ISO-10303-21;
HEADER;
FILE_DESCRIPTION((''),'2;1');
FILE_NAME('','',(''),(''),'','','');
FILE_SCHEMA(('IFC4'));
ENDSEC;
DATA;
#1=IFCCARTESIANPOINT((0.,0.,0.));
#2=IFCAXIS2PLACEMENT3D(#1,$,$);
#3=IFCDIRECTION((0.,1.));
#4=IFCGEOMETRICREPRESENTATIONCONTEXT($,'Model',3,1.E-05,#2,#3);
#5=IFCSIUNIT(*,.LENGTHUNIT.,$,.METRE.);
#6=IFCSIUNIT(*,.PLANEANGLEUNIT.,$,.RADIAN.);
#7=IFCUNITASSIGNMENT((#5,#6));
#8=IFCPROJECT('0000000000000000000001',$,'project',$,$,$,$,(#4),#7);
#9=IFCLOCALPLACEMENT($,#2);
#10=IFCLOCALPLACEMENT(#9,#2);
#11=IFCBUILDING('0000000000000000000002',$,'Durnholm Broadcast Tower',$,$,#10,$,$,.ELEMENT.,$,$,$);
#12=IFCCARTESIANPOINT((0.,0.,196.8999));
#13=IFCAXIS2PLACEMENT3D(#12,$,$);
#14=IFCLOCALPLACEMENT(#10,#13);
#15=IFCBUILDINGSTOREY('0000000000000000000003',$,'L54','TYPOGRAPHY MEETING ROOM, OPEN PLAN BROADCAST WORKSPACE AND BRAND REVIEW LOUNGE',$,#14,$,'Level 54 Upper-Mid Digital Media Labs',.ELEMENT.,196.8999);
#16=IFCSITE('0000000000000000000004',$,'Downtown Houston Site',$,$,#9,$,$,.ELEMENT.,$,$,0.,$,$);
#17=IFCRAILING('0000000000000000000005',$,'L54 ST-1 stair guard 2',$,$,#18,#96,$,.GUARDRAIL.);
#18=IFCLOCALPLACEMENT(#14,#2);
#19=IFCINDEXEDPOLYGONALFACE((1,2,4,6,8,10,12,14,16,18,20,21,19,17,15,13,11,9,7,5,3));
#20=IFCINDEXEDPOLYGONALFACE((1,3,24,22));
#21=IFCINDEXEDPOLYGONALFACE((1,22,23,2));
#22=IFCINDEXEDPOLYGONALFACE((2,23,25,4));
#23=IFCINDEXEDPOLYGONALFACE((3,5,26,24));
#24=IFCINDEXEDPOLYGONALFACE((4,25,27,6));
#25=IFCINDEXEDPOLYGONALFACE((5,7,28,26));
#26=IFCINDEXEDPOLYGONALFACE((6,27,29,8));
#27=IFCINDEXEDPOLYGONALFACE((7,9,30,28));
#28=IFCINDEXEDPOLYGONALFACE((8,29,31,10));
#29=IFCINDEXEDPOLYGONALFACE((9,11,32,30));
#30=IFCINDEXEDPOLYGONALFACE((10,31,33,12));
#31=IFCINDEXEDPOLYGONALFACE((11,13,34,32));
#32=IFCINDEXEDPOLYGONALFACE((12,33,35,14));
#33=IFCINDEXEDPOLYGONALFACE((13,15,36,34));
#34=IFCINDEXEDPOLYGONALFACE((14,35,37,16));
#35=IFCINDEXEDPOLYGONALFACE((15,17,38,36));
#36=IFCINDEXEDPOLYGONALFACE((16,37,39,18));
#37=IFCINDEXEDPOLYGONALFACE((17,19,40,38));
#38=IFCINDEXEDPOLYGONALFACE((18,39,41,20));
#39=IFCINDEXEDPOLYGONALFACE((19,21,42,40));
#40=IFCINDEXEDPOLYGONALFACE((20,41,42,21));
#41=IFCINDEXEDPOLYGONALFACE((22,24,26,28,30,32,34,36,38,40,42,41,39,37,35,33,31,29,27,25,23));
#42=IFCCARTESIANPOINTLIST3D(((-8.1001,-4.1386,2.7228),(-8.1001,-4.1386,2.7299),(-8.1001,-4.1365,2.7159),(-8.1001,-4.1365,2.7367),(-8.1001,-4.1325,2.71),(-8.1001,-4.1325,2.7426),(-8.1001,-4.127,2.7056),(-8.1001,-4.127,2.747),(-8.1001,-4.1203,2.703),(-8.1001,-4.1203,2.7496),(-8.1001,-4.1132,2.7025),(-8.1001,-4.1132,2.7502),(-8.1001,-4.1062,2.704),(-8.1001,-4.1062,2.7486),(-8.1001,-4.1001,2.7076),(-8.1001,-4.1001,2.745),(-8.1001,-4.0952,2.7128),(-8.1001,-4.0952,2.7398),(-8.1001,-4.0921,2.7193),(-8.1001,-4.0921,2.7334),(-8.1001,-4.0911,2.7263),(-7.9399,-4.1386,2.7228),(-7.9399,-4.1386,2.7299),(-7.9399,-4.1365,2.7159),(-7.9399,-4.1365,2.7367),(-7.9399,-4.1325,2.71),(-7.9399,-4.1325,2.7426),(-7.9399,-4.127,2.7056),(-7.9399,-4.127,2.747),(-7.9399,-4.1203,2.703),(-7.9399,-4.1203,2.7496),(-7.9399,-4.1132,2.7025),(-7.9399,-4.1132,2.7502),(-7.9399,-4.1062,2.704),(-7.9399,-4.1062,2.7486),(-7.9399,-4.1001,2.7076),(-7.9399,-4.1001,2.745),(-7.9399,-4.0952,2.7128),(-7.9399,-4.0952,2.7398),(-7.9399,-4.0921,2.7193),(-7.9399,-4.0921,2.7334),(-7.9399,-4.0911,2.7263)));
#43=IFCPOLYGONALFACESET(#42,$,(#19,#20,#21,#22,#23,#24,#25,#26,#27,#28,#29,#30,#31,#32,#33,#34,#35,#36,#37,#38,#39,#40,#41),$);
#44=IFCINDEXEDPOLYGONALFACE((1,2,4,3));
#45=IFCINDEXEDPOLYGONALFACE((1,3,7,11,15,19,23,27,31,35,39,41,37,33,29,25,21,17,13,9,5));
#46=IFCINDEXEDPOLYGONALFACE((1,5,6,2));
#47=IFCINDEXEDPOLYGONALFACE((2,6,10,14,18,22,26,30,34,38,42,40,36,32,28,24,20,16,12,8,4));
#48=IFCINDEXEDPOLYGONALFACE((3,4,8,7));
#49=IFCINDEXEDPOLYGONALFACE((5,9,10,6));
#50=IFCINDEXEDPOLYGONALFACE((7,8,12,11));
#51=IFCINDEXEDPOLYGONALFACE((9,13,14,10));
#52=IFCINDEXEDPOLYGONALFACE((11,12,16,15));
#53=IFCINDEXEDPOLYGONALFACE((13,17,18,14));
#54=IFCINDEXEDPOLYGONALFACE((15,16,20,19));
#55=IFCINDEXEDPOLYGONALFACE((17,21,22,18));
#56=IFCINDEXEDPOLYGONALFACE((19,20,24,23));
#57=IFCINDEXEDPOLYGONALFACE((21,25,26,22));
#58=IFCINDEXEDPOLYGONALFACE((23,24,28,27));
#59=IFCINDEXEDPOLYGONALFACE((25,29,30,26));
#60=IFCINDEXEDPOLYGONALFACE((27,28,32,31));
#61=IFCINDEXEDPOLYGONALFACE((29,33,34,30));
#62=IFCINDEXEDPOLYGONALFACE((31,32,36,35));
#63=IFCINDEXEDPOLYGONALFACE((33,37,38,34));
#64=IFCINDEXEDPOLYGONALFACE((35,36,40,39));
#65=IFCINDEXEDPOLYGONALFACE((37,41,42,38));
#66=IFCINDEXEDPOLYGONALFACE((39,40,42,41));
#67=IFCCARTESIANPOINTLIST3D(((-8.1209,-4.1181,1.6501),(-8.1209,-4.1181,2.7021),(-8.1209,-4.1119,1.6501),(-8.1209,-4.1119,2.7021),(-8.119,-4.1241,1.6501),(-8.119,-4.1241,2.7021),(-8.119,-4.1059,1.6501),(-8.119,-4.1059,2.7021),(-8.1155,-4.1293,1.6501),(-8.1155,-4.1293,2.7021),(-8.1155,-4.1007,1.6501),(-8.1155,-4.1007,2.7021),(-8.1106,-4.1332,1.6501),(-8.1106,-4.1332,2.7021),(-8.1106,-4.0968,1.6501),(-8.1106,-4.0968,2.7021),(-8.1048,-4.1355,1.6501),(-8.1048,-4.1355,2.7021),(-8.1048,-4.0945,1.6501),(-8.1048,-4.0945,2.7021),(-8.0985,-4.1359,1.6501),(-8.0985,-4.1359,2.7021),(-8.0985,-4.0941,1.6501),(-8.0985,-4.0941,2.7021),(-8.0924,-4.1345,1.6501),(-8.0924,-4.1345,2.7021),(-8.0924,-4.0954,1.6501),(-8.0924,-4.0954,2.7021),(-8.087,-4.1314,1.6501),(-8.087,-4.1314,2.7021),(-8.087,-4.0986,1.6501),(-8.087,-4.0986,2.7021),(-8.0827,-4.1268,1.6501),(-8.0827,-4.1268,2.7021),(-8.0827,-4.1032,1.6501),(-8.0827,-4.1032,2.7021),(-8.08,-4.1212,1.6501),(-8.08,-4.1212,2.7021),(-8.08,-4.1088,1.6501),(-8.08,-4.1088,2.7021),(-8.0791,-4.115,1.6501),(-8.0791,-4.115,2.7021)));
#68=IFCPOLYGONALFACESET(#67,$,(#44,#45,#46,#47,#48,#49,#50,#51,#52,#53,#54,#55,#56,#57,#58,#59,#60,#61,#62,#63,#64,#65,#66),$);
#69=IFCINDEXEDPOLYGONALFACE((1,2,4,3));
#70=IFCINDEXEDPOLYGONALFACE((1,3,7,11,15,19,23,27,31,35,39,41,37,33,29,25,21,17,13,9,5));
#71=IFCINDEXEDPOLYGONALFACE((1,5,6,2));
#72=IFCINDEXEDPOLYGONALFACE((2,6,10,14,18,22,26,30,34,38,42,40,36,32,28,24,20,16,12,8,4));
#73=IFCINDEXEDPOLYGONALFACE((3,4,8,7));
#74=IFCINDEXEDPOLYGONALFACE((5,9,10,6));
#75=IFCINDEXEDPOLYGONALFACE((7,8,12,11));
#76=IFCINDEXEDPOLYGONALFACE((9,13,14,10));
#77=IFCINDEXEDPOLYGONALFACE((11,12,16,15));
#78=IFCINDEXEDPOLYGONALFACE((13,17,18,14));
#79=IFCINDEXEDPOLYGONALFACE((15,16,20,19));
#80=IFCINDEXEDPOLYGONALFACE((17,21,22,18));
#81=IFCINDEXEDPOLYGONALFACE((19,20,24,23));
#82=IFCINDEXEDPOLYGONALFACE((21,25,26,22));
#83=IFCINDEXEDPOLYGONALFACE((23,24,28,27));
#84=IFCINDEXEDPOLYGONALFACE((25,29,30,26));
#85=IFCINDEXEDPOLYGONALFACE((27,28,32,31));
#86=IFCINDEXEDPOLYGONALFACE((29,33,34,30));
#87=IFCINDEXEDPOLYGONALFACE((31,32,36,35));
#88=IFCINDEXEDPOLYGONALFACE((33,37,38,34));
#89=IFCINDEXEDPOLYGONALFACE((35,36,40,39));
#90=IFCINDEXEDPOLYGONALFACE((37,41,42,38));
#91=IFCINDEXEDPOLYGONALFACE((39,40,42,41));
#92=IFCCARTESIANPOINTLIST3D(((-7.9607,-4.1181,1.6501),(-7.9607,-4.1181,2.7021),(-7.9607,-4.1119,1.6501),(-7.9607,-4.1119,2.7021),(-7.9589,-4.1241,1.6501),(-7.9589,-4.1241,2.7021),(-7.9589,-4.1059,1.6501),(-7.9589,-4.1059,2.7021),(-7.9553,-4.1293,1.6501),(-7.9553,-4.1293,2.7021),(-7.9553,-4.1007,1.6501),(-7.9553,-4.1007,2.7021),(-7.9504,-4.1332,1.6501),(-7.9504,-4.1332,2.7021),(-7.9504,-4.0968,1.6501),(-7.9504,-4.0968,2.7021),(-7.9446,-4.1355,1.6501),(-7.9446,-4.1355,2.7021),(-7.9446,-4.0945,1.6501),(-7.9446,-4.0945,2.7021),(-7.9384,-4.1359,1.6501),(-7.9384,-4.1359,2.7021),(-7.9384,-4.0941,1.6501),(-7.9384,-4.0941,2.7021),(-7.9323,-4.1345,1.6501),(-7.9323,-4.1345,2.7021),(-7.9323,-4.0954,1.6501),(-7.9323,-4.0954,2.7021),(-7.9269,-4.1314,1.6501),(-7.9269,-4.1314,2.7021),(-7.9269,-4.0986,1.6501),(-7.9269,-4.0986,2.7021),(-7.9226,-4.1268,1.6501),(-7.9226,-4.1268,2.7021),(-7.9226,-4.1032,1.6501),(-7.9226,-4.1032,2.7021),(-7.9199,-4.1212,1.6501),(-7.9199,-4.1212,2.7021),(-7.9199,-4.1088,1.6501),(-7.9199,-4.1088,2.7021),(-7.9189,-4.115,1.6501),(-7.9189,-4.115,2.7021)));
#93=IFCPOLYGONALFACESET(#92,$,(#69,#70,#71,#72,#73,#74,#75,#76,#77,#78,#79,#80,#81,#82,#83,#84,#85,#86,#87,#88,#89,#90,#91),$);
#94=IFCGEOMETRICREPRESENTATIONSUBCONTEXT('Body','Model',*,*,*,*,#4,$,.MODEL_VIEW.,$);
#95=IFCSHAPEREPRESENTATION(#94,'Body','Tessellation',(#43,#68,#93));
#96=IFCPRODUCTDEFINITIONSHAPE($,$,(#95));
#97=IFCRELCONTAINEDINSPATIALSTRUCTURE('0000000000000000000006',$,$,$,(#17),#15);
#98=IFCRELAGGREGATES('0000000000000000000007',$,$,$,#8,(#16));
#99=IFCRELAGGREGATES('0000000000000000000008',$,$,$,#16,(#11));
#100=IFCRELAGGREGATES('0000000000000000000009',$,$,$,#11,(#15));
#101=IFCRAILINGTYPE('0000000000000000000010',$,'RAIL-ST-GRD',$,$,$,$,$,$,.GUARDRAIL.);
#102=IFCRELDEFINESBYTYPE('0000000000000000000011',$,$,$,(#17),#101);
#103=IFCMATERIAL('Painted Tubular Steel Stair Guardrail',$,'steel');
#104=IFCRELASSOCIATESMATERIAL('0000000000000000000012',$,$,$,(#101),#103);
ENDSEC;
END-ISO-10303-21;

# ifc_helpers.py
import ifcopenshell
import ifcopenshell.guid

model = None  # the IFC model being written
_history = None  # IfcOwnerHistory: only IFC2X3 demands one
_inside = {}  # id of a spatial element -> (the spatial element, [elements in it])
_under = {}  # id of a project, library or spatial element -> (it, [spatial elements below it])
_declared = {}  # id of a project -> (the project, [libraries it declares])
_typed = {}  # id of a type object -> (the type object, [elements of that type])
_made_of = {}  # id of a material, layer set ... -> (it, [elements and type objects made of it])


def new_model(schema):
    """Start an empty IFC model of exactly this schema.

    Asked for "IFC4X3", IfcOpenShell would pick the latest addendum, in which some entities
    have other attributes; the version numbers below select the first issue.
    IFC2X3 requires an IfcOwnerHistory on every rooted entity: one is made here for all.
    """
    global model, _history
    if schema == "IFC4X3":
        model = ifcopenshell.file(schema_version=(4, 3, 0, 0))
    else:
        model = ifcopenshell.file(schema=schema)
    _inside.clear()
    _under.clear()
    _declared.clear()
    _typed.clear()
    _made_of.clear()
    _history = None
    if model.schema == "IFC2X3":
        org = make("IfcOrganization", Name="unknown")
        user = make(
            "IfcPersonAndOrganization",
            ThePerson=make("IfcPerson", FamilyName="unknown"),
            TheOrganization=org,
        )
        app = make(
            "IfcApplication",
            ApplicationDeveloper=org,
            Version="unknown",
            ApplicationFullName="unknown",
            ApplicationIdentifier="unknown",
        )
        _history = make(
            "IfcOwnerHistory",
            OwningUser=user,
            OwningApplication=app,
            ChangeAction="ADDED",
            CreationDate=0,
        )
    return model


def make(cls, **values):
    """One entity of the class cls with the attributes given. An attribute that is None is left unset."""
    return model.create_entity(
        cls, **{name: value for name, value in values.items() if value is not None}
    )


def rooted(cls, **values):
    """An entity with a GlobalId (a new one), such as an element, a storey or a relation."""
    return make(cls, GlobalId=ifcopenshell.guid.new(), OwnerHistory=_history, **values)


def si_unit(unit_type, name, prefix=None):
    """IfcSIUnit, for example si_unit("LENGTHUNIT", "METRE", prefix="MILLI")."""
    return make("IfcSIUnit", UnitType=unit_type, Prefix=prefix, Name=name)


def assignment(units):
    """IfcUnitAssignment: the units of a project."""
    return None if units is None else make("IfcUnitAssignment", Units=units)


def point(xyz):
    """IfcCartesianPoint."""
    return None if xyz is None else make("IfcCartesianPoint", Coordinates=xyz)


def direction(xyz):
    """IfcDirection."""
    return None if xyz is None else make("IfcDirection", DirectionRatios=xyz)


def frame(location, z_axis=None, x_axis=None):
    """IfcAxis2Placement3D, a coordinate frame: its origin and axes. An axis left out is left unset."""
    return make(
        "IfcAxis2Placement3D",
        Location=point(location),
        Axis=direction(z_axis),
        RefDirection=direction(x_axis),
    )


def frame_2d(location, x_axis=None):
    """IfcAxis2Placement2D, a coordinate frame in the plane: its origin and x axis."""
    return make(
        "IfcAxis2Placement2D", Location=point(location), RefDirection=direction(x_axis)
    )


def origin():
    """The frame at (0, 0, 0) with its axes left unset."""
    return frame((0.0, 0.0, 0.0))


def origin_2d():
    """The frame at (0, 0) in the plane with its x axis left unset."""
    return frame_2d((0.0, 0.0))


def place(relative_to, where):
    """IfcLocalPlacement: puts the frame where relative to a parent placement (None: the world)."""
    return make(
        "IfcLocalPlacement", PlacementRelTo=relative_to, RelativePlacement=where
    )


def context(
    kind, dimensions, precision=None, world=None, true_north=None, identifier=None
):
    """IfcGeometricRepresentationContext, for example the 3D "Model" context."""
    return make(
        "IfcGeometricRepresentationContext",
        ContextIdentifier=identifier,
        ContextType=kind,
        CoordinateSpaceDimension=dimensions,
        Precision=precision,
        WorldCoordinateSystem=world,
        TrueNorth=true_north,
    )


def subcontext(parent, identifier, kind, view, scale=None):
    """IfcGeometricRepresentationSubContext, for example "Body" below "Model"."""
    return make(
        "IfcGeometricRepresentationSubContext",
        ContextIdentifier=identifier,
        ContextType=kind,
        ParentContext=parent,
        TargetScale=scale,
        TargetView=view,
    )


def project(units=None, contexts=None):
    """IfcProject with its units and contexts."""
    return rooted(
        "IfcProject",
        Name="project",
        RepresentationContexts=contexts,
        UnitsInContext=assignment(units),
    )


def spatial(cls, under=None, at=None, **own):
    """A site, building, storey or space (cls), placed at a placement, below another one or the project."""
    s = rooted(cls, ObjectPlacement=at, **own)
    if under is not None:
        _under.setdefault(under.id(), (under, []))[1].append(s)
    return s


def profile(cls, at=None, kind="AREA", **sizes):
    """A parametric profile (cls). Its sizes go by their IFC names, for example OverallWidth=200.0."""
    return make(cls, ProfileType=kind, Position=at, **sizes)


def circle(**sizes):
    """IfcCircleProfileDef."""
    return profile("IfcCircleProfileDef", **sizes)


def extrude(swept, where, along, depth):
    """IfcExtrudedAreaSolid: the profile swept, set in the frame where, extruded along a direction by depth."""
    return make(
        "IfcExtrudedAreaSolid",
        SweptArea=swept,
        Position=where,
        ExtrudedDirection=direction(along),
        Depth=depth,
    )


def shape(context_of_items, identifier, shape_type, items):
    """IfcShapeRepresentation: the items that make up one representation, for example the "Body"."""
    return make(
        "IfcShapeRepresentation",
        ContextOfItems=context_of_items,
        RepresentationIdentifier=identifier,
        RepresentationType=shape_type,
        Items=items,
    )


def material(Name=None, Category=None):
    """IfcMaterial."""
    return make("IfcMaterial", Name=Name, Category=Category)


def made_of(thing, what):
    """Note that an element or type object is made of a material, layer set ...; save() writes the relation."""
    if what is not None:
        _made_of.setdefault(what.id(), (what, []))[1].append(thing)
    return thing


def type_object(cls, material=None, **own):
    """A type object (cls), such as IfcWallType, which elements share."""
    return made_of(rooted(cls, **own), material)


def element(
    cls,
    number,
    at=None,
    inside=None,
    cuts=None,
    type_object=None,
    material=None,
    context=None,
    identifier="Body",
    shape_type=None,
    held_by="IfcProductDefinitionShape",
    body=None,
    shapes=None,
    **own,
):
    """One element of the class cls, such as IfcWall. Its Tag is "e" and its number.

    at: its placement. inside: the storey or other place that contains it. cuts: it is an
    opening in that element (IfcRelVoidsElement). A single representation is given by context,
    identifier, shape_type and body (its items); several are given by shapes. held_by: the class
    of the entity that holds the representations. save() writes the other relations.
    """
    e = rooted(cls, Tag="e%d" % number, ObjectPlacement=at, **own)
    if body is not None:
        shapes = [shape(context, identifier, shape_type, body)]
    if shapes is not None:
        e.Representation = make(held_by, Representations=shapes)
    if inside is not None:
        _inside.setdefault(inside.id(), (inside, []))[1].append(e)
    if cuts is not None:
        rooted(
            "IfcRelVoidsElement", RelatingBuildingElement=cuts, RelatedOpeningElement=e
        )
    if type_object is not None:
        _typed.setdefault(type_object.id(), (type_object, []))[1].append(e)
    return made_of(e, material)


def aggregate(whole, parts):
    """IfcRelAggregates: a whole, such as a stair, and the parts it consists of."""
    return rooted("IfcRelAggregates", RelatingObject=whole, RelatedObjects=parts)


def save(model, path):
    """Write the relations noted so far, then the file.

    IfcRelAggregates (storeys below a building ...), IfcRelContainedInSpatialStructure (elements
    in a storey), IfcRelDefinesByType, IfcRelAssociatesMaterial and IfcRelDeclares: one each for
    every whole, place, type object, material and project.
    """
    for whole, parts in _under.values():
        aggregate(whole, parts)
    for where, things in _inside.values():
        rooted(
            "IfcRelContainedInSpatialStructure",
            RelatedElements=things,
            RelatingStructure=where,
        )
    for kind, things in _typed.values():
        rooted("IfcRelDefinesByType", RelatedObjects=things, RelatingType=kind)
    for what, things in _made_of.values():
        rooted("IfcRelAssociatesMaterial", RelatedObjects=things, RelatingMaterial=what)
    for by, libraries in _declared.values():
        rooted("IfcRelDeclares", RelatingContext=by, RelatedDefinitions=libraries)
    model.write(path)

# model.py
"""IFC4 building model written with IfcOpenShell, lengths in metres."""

from ifc_helpers import new_model, si_unit, direction, frame, origin, origin_2d, place, context, subcontext, project, spatial, circle, extrude, material, type_object, element, save


model = new_model("IFC4")

# Units and contexts
model_context = context("Model", 3, precision=1e-05, world=origin(), true_north=direction((0.0, 1.0)))
body_context = subcontext(model_context, "Body", "Model", "MODEL_VIEW")
ifc_project = project(units=[si_unit("LENGTHUNIT", "METRE"), si_unit("PLANEANGLEUNIT", "RADIAN")], contexts=[model_context])

# Site, building, storey
site_placement = place(None, origin())
site = spatial("IfcSite", under=ifc_project, at=site_placement, Name="Downtown Houston Site", CompositionType="ELEMENT", RefElevation=0.0)
building_placement = place(site_placement, origin())
building = spatial("IfcBuilding", under=site, at=building_placement, Name="Durnholm Broadcast Tower", CompositionType="ELEMENT")
storey_placement = place(building_placement, frame((0.0, 0.0, 196.8999)))
storey = spatial("IfcBuildingStorey", under=building, at=storey_placement, Name="L54", Description="TYPOGRAPHY MEETING ROOM, OPEN PLAN BROADCAST WORKSPACE AND BRAND REVIEW LOUNGE", LongName="Level 54 Upper-Mid Digital Media Labs", CompositionType="ELEMENT", Elevation=196.8999)

# Railing
ifc_material_1 = material(Name="Painted Tubular Steel Stair Guardrail", Category="steel")
railing_type_1 = type_object("IfcRailingType", Name="RAIL-ST-GRD", PredefinedType="GUARDRAIL", material=ifc_material_1)
railing_1_placement = place(storey_placement, frame((-8.1001, -4.115, 1.6501)))
element("IfcRailing", 1, at=railing_1_placement, inside=storey, type_object=railing_type_1, Name="L54 ST-1 stair guard 2", PredefinedType="GUARDRAIL", context=body_context, shape_type="SweptSolid", body=[
    extrude(circle(Radius=0.0239, at=origin_2d()), frame((0.0, 0.0, 1.0762), z_axis=(1.0, 0.0, 0.0), x_axis=(0.0, 1.0, 0.0)), (0.0, 0.0, 1.0), 0.1602),
    extrude(circle(Radius=0.021, at=origin_2d()), origin(), (0.0, 0.0, 1.0), 1.052),
    extrude(circle(Radius=0.021, at=origin_2d()), frame((0.1602, 0.0, 0.0)), (0.0, 0.0, 1.0), 1.052),
])

save(model, "model.ifc")
